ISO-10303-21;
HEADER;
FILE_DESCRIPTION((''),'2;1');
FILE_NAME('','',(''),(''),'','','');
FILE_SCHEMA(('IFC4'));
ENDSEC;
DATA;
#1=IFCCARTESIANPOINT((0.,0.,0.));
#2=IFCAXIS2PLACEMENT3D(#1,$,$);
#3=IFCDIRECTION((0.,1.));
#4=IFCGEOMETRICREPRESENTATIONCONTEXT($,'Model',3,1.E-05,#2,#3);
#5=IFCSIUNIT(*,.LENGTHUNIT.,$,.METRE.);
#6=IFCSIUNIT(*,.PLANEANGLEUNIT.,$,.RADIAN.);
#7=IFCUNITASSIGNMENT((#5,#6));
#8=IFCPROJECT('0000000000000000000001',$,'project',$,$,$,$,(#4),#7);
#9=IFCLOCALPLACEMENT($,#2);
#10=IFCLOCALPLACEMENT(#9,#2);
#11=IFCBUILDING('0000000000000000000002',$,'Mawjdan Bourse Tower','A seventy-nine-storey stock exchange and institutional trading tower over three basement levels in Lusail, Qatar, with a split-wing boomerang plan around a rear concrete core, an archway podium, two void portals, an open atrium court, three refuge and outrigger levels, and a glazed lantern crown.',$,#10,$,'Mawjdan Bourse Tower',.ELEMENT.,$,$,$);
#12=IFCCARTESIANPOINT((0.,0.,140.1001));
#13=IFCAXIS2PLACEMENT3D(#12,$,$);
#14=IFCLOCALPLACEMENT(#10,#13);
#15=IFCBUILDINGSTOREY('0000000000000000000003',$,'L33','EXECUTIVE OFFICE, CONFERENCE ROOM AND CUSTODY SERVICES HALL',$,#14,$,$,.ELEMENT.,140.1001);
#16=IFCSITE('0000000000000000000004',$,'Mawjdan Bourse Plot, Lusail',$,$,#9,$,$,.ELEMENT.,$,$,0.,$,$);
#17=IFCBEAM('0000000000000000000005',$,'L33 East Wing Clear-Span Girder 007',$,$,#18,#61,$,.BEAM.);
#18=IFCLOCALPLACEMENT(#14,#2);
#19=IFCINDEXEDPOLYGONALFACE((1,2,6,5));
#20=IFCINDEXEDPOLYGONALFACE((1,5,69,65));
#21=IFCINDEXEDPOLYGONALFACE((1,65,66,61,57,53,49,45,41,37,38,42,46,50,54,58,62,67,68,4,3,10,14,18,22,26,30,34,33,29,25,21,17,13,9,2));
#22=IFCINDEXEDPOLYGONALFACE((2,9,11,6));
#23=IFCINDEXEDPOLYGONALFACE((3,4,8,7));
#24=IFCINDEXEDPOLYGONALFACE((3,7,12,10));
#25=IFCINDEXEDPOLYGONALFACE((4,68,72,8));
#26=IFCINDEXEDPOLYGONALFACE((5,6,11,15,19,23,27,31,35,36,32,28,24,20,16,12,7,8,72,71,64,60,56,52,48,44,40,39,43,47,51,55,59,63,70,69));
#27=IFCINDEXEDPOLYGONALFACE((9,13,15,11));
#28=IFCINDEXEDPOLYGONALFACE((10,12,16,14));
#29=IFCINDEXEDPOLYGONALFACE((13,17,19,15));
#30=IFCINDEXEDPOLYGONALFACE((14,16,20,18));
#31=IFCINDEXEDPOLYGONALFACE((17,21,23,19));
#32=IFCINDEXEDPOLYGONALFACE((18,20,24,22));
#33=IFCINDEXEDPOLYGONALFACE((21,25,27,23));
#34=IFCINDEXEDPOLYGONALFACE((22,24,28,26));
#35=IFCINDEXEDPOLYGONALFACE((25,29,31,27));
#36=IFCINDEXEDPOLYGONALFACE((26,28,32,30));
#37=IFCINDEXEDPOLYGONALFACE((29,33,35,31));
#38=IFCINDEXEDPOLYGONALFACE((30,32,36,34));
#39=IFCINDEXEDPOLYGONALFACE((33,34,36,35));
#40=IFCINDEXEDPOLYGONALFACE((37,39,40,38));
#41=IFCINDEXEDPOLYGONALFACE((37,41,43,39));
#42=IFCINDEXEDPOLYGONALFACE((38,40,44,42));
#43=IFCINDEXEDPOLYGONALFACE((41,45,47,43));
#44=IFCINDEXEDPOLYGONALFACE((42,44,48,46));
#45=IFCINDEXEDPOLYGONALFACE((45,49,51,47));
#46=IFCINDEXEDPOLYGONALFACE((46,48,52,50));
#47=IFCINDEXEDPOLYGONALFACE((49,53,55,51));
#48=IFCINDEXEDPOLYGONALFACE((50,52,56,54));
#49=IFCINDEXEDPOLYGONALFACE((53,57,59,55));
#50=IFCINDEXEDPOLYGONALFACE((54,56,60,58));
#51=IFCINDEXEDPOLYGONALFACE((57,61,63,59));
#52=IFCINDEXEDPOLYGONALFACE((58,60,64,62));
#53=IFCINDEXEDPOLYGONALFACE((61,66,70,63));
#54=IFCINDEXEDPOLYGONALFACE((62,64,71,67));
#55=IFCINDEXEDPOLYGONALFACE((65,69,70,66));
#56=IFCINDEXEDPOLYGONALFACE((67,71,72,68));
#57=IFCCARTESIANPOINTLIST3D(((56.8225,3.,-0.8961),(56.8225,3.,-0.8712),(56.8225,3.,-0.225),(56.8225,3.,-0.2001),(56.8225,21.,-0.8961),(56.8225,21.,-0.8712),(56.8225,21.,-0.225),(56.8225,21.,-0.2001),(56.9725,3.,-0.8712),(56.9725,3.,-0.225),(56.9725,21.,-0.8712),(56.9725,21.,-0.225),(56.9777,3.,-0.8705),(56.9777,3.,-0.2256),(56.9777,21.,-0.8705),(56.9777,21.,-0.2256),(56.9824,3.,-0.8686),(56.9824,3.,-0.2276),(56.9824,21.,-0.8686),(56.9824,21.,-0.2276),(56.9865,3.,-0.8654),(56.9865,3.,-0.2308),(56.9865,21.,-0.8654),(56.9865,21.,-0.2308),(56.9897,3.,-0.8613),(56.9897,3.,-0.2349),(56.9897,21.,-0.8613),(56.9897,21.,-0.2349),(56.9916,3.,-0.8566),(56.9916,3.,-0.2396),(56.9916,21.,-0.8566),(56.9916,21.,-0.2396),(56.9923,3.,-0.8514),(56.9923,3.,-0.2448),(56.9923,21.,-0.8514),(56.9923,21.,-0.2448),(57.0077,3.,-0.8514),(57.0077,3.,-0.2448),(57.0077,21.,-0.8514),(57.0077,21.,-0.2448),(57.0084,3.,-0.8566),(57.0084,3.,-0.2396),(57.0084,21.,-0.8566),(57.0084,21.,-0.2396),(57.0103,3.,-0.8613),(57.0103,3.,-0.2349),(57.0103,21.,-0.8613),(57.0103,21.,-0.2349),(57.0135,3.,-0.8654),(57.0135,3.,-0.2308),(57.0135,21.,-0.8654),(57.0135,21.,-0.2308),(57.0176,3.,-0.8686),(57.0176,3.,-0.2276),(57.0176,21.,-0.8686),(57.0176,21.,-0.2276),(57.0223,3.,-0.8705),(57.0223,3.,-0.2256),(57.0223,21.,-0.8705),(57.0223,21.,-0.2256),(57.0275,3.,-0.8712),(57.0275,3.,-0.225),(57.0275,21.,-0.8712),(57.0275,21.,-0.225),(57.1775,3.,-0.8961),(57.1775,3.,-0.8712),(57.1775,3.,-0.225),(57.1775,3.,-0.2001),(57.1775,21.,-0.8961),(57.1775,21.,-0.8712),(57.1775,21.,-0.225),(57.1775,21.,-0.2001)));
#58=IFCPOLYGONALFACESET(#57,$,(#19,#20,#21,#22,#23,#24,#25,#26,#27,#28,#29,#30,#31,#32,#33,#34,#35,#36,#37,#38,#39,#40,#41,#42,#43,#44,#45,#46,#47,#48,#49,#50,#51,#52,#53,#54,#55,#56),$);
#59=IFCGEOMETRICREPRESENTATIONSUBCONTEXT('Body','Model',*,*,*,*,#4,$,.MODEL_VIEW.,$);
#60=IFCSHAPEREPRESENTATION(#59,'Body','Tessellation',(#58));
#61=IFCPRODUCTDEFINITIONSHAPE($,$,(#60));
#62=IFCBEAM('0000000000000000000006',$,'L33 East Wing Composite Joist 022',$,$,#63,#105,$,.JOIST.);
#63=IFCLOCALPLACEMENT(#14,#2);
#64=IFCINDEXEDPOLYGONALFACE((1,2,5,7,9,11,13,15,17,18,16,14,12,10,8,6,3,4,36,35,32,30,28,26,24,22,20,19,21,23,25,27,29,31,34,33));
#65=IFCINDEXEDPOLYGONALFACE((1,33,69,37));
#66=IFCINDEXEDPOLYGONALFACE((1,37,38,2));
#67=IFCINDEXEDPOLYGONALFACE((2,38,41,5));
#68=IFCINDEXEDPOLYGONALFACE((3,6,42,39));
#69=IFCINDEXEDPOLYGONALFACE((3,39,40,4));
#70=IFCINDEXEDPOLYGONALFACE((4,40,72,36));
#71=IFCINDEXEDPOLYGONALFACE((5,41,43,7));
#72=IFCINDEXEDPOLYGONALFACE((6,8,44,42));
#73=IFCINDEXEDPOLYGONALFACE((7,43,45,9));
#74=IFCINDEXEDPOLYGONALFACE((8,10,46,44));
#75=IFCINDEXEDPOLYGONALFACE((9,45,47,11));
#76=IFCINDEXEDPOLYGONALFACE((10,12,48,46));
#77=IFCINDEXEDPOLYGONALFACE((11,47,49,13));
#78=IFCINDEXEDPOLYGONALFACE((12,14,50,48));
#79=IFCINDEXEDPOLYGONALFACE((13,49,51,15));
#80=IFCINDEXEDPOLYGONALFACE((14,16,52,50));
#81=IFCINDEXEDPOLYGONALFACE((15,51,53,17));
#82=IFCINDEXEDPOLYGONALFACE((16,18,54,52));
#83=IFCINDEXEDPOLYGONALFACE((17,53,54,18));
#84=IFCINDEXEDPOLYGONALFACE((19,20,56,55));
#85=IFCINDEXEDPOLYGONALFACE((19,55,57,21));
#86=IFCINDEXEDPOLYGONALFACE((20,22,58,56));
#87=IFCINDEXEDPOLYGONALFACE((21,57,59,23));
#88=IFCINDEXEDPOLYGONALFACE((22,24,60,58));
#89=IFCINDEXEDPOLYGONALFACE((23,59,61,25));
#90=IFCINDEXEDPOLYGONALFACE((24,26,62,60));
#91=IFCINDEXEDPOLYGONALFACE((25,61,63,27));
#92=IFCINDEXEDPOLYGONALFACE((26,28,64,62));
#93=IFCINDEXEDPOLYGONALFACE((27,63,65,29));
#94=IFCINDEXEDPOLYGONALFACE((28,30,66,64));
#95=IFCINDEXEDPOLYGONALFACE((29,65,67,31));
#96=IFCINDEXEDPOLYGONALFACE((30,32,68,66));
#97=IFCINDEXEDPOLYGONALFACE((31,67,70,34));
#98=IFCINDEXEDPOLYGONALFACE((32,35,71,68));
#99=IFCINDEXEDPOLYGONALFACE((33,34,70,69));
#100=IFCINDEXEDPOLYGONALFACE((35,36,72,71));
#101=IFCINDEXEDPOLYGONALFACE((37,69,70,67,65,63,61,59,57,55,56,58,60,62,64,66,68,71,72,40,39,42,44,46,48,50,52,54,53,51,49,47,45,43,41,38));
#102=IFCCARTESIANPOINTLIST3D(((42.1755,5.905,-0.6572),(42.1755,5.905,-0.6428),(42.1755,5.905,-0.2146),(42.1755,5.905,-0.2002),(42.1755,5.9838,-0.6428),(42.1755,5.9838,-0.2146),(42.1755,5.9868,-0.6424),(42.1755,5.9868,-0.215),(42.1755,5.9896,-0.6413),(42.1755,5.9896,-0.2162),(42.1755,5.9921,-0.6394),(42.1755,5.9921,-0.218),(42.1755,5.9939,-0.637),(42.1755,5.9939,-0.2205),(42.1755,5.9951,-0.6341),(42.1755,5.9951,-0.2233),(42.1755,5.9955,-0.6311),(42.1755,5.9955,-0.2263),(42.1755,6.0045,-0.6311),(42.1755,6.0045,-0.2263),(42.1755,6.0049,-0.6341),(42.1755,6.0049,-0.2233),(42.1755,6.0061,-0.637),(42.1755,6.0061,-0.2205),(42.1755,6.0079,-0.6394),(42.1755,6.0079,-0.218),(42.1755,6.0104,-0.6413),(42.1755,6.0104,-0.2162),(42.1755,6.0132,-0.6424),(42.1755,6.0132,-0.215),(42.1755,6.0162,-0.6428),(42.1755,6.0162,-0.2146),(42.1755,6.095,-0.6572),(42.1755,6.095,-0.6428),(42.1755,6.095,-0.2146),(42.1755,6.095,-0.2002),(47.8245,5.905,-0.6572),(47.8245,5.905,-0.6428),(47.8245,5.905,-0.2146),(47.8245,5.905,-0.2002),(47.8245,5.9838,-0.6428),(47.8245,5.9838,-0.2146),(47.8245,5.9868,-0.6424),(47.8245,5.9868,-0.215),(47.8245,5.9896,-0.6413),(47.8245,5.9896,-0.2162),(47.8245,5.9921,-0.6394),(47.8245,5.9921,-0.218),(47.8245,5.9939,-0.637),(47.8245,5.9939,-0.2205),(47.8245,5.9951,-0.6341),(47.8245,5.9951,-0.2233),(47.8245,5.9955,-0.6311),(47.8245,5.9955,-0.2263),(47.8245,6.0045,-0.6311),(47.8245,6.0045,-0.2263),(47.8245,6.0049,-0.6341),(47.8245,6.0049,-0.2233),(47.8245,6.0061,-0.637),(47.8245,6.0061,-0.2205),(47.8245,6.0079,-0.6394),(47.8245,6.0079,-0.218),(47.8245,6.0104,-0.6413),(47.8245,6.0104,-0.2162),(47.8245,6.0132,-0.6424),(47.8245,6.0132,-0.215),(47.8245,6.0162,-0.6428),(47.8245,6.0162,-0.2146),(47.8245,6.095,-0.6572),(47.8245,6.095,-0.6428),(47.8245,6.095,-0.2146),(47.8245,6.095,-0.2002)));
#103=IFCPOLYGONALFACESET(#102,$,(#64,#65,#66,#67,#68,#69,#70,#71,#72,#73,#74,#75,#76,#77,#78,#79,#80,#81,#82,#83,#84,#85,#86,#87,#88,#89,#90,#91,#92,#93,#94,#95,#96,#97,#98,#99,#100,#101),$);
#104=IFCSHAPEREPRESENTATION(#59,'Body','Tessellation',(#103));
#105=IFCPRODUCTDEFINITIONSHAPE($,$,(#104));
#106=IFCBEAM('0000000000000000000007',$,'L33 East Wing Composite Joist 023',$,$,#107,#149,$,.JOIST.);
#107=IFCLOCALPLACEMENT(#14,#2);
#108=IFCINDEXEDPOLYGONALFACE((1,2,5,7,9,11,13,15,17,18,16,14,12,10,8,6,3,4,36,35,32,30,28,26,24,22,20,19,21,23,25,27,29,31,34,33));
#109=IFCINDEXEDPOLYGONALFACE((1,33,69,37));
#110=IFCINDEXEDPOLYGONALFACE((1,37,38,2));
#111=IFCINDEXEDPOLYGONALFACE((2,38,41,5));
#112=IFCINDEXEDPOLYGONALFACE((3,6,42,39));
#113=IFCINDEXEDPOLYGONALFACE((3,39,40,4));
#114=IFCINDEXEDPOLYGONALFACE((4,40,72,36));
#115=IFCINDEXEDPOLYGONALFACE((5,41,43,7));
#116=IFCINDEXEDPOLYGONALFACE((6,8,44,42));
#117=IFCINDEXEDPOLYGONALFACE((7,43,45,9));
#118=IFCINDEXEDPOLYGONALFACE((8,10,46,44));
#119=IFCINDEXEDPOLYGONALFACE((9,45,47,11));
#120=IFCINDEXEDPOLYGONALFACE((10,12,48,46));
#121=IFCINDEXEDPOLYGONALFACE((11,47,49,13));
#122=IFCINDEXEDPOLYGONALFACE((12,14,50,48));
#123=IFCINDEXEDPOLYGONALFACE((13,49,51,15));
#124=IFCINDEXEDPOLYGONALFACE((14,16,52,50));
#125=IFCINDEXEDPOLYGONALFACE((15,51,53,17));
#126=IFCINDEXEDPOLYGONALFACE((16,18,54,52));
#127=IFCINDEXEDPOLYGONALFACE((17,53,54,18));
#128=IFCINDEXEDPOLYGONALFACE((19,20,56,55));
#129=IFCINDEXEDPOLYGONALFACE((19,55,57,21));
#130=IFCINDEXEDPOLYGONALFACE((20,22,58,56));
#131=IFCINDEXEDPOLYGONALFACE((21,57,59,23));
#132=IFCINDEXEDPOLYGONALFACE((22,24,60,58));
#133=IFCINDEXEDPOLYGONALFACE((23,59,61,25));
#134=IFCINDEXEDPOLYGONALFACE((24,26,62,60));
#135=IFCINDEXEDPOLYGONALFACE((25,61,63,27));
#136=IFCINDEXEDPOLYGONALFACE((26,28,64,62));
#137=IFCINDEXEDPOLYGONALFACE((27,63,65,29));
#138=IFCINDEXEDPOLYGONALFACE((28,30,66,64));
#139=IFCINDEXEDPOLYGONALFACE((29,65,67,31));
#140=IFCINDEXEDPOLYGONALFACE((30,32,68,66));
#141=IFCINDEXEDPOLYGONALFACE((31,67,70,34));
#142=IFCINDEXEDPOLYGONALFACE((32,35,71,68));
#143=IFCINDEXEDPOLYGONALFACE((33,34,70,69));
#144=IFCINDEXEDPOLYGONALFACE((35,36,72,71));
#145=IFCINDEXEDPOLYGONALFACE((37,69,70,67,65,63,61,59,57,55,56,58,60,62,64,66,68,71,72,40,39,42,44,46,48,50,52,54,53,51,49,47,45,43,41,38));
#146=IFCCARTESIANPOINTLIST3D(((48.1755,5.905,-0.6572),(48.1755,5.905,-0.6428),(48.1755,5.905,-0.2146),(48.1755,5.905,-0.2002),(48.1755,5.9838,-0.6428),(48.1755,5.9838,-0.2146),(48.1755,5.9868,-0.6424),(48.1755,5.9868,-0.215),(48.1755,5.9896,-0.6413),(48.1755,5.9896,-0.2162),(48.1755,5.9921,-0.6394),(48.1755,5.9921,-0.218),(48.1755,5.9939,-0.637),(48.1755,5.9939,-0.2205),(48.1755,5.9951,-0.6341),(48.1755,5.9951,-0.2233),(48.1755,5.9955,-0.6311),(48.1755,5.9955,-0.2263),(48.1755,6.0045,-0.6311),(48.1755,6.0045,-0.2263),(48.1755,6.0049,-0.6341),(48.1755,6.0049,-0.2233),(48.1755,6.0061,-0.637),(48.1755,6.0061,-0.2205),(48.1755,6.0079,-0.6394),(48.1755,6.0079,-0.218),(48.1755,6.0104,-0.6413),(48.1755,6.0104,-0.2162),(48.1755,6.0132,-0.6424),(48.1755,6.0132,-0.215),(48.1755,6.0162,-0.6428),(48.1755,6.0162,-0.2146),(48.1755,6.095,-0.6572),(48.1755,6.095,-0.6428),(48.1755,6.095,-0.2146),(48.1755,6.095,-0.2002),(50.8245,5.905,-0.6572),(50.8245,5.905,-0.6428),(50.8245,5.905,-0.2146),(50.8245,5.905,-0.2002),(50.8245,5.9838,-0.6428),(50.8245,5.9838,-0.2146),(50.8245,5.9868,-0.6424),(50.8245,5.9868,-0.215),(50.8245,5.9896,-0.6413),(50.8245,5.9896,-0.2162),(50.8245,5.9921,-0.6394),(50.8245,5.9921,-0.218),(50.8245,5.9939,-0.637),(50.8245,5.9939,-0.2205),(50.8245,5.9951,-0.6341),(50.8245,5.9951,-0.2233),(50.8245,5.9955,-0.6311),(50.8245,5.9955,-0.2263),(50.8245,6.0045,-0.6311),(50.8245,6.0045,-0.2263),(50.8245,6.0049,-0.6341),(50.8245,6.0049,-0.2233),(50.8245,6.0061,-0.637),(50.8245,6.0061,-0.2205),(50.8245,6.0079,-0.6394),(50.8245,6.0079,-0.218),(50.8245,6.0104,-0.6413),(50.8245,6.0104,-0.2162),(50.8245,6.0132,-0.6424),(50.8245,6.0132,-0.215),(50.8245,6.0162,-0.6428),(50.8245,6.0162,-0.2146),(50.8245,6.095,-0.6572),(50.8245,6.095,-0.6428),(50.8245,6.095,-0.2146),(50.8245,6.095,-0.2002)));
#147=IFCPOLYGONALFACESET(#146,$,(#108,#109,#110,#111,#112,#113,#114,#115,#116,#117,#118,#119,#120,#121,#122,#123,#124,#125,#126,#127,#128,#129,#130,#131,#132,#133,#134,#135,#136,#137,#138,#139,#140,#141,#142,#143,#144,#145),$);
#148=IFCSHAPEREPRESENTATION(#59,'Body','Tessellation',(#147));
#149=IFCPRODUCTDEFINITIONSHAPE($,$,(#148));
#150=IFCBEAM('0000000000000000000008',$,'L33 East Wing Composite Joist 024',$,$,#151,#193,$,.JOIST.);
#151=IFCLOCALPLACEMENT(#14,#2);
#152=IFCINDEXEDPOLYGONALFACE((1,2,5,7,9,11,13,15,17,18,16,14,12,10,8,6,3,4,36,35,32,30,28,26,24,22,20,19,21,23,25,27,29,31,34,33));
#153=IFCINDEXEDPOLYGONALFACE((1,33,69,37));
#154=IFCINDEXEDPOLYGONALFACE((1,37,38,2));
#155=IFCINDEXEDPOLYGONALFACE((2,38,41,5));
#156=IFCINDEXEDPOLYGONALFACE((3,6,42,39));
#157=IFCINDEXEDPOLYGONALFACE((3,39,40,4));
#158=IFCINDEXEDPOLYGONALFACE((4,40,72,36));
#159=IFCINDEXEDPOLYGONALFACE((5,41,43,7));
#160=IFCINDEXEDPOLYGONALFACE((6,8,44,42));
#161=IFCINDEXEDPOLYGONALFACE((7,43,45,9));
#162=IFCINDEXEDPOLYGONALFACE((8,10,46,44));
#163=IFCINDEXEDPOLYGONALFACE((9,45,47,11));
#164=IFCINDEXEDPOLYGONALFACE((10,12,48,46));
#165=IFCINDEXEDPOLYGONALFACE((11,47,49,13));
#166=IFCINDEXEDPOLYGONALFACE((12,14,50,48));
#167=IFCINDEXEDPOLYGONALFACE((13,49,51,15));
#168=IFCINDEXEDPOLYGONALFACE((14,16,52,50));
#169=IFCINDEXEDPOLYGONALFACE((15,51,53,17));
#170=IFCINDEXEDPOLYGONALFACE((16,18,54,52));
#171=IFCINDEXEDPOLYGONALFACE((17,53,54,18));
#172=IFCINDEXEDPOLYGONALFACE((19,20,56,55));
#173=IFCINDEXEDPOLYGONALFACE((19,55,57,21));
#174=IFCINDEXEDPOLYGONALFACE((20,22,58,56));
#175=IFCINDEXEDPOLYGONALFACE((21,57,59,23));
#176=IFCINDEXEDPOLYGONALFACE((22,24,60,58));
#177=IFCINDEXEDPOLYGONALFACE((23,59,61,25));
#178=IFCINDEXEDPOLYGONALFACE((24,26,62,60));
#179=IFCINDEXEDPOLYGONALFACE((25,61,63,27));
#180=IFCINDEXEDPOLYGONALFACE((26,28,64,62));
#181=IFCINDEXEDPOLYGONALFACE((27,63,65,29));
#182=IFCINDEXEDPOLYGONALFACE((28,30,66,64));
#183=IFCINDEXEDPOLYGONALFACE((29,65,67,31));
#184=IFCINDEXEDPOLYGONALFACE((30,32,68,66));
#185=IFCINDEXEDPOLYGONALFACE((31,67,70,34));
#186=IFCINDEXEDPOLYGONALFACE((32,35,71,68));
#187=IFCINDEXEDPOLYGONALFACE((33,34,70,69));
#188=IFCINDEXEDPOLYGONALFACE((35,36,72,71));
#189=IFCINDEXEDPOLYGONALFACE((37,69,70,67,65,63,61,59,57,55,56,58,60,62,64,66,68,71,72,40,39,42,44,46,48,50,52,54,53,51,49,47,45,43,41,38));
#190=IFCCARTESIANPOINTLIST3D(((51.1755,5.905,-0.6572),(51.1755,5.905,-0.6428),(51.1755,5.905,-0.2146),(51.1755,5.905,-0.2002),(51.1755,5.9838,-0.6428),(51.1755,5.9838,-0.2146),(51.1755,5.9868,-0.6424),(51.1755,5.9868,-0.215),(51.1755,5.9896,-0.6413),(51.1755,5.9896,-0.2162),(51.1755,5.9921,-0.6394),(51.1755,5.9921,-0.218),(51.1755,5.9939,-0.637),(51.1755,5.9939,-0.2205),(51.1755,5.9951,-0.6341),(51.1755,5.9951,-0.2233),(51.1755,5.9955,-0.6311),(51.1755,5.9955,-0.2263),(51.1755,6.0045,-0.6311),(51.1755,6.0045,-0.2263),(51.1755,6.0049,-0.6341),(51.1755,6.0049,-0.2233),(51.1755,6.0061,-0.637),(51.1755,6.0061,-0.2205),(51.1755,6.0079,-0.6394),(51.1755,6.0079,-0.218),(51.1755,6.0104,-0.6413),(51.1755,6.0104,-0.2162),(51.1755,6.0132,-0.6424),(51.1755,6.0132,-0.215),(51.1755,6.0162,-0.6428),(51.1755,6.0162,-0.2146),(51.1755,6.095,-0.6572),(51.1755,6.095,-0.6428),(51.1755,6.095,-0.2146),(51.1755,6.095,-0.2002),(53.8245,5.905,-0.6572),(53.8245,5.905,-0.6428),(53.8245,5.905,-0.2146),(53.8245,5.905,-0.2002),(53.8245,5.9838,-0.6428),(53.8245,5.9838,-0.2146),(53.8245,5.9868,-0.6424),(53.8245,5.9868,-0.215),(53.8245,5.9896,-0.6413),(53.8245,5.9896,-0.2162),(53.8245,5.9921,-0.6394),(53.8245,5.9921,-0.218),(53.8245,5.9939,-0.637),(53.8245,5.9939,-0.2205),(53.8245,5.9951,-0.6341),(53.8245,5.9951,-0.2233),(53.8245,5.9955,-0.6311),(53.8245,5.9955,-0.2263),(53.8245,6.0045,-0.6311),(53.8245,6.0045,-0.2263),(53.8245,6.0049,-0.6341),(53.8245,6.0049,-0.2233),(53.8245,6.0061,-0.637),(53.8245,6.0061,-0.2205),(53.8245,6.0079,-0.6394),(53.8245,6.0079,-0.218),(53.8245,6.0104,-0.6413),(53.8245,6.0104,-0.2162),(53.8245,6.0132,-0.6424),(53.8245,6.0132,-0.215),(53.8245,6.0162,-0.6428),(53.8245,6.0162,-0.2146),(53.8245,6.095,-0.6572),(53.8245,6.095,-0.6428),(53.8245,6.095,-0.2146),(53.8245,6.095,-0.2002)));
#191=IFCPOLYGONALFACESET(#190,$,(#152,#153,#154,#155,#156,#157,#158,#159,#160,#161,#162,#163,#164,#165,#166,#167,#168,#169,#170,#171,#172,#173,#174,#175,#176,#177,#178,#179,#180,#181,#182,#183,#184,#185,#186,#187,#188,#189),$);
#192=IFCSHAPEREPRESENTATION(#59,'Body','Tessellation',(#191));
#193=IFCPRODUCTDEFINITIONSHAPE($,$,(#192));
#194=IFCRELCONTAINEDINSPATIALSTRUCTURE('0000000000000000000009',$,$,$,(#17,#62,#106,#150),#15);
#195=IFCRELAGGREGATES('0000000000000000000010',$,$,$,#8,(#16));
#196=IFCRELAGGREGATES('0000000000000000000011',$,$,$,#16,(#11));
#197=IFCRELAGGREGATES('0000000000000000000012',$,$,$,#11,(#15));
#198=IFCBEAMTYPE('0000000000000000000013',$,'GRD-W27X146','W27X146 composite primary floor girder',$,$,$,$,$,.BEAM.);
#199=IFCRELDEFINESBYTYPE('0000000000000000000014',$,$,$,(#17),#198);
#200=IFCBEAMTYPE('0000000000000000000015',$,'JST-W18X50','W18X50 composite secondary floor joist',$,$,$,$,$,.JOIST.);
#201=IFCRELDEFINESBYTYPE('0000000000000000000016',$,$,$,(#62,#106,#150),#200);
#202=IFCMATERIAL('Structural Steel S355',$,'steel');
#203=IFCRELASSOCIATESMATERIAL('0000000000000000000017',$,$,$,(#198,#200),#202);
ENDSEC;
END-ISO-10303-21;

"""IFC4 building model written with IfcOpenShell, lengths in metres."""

from ifc_helpers import new_model, si_unit, direction, frame, origin, origin_2d, place, context, subcontext, project, spatial, i_section, extrude, material, material_profile, profile_set, type_object, element, save


model = new_model("IFC4")

# Units and contexts
model_context = context("Model", 3, precision=1e-05, world=origin(), true_north=direction((0.0, 1.0)))
body_context = subcontext(model_context, "Body", "Model", "MODEL_VIEW")
ifc_project = project(units=[si_unit("LENGTHUNIT", "METRE"), si_unit("PLANEANGLEUNIT", "RADIAN")], contexts=[model_context])

# Site, building, storey
site_placement = place(None, origin())
site = spatial("IfcSite", under=ifc_project, at=site_placement, Name="Mawjdan Bourse Plot, Lusail", CompositionType="ELEMENT", RefElevation=0.0)
building_placement = place(site_placement, origin())
building = spatial("IfcBuilding", under=site, at=building_placement, Name="Mawjdan Bourse Tower", Description="A seventy-nine-storey stock exchange and institutional trading tower over three basement levels in Lusail, Qatar, with a split-wing boomerang plan around a rear concrete core, an archway podium, two void portals, an open atrium court, three refuge and outrigger levels, and a glazed lantern crown.", LongName="Mawjdan Bourse Tower", CompositionType="ELEMENT")
storey_placement = place(building_placement, frame((0.0, 0.0, 140.1001)))
storey = spatial("IfcBuildingStorey", under=building, at=storey_placement, Name="L33", Description="EXECUTIVE OFFICE, CONFERENCE ROOM AND CUSTODY SERVICES HALL", CompositionType="ELEMENT", Elevation=140.1001)

# Beams
ifc_material_1 = material(Name="Structural Steel S355", Category="steel")
ifc_material_profile_1 = material_profile(ifc_material_1, i_section(OverallWidth=0.355, OverallDepth=0.696, WebThickness=0.0154, FlangeThickness=0.0249, FilletRadius=0.0198, at=origin_2d()), Name="W27X146")
ifc_profile_set_1 = profile_set([ifc_material_profile_1], Name="Structural Steel S355")
beam_type_1 = type_object("IfcBeamType", Name="GRD-W27X146", Description="W27X146 composite primary floor girder", PredefinedType="BEAM", material=ifc_profile_set_1)
for number, where, z_axis, x_axis, name in (
    (1, (57.0, 3.0, -0.5481), (0.0, 1.0, 0.0), (-1.0, 0.0, 0.0), "L33 East Wing Clear-Span Girder 007"),
):
    element("IfcBeam", number, at=place(storey_placement, frame(where, z_axis=z_axis, x_axis=x_axis)), inside=storey, type_object=beam_type_1, Name=name, PredefinedType="BEAM", context=body_context, shape_type="SweptSolid", body=[
        extrude(i_section(OverallWidth=0.355, OverallDepth=0.696, WebThickness=0.0154, FlangeThickness=0.0249, FilletRadius=0.0198, at=origin_2d()), origin(), (0.0, 0.0, 1.0), 18.0),
    ])
ifc_material_profile_2 = material_profile(ifc_material_1, i_section(OverallWidth=0.1899, OverallDepth=0.457, WebThickness=0.009, FlangeThickness=0.0144, FilletRadius=0.0117, at=origin_2d()), Name="W18X50")
ifc_profile_set_2 = profile_set([ifc_material_profile_2], Name="Structural Steel S355")
beam_type_2 = type_object("IfcBeamType", Name="JST-W18X50", Description="W18X50 composite secondary floor joist", PredefinedType="JOIST", material=ifc_profile_set_2)
beam_1_placement = place(storey_placement, frame((42.1755, 6.0, -0.4287), z_axis=(1.0, 0.0, 0.0), x_axis=(0.0, 1.0, 0.0)))
element("IfcBeam", 2, at=beam_1_placement, inside=storey, type_object=beam_type_2, Name="L33 East Wing Composite Joist 022", PredefinedType="JOIST", context=body_context, shape_type="SweptSolid", body=[
    extrude(i_section(OverallWidth=0.1899, OverallDepth=0.457, WebThickness=0.009, FlangeThickness=0.0144, FilletRadius=0.0117, at=origin_2d()), origin(), (0.0, 0.0, 1.0), 5.6489),
])
for number, where, z_axis, x_axis, name in (
    (3, (48.1755, 6.0, -0.4287), (1.0, 0.0, 0.0), (0.0, 1.0, 0.0), "L33 East Wing Composite Joist 023"),
    (4, (51.1755, 6.0, -0.4287), (1.0, 0.0, 0.0), (0.0, 1.0, 0.0), "L33 East Wing Composite Joist 024"),
):
    element("IfcBeam", number, at=place(storey_placement, frame(where, z_axis=z_axis, x_axis=x_axis)), inside=storey, type_object=beam_type_2, Name=name, PredefinedType="JOIST", context=body_context, shape_type="SweptSolid", body=[
        extrude(i_section(OverallWidth=0.1899, OverallDepth=0.457, WebThickness=0.009, FlangeThickness=0.0144, FilletRadius=0.0117, at=origin_2d()), origin(), (0.0, 0.0, 1.0), 2.6489),
    ])

save(model, "model.ifc")
